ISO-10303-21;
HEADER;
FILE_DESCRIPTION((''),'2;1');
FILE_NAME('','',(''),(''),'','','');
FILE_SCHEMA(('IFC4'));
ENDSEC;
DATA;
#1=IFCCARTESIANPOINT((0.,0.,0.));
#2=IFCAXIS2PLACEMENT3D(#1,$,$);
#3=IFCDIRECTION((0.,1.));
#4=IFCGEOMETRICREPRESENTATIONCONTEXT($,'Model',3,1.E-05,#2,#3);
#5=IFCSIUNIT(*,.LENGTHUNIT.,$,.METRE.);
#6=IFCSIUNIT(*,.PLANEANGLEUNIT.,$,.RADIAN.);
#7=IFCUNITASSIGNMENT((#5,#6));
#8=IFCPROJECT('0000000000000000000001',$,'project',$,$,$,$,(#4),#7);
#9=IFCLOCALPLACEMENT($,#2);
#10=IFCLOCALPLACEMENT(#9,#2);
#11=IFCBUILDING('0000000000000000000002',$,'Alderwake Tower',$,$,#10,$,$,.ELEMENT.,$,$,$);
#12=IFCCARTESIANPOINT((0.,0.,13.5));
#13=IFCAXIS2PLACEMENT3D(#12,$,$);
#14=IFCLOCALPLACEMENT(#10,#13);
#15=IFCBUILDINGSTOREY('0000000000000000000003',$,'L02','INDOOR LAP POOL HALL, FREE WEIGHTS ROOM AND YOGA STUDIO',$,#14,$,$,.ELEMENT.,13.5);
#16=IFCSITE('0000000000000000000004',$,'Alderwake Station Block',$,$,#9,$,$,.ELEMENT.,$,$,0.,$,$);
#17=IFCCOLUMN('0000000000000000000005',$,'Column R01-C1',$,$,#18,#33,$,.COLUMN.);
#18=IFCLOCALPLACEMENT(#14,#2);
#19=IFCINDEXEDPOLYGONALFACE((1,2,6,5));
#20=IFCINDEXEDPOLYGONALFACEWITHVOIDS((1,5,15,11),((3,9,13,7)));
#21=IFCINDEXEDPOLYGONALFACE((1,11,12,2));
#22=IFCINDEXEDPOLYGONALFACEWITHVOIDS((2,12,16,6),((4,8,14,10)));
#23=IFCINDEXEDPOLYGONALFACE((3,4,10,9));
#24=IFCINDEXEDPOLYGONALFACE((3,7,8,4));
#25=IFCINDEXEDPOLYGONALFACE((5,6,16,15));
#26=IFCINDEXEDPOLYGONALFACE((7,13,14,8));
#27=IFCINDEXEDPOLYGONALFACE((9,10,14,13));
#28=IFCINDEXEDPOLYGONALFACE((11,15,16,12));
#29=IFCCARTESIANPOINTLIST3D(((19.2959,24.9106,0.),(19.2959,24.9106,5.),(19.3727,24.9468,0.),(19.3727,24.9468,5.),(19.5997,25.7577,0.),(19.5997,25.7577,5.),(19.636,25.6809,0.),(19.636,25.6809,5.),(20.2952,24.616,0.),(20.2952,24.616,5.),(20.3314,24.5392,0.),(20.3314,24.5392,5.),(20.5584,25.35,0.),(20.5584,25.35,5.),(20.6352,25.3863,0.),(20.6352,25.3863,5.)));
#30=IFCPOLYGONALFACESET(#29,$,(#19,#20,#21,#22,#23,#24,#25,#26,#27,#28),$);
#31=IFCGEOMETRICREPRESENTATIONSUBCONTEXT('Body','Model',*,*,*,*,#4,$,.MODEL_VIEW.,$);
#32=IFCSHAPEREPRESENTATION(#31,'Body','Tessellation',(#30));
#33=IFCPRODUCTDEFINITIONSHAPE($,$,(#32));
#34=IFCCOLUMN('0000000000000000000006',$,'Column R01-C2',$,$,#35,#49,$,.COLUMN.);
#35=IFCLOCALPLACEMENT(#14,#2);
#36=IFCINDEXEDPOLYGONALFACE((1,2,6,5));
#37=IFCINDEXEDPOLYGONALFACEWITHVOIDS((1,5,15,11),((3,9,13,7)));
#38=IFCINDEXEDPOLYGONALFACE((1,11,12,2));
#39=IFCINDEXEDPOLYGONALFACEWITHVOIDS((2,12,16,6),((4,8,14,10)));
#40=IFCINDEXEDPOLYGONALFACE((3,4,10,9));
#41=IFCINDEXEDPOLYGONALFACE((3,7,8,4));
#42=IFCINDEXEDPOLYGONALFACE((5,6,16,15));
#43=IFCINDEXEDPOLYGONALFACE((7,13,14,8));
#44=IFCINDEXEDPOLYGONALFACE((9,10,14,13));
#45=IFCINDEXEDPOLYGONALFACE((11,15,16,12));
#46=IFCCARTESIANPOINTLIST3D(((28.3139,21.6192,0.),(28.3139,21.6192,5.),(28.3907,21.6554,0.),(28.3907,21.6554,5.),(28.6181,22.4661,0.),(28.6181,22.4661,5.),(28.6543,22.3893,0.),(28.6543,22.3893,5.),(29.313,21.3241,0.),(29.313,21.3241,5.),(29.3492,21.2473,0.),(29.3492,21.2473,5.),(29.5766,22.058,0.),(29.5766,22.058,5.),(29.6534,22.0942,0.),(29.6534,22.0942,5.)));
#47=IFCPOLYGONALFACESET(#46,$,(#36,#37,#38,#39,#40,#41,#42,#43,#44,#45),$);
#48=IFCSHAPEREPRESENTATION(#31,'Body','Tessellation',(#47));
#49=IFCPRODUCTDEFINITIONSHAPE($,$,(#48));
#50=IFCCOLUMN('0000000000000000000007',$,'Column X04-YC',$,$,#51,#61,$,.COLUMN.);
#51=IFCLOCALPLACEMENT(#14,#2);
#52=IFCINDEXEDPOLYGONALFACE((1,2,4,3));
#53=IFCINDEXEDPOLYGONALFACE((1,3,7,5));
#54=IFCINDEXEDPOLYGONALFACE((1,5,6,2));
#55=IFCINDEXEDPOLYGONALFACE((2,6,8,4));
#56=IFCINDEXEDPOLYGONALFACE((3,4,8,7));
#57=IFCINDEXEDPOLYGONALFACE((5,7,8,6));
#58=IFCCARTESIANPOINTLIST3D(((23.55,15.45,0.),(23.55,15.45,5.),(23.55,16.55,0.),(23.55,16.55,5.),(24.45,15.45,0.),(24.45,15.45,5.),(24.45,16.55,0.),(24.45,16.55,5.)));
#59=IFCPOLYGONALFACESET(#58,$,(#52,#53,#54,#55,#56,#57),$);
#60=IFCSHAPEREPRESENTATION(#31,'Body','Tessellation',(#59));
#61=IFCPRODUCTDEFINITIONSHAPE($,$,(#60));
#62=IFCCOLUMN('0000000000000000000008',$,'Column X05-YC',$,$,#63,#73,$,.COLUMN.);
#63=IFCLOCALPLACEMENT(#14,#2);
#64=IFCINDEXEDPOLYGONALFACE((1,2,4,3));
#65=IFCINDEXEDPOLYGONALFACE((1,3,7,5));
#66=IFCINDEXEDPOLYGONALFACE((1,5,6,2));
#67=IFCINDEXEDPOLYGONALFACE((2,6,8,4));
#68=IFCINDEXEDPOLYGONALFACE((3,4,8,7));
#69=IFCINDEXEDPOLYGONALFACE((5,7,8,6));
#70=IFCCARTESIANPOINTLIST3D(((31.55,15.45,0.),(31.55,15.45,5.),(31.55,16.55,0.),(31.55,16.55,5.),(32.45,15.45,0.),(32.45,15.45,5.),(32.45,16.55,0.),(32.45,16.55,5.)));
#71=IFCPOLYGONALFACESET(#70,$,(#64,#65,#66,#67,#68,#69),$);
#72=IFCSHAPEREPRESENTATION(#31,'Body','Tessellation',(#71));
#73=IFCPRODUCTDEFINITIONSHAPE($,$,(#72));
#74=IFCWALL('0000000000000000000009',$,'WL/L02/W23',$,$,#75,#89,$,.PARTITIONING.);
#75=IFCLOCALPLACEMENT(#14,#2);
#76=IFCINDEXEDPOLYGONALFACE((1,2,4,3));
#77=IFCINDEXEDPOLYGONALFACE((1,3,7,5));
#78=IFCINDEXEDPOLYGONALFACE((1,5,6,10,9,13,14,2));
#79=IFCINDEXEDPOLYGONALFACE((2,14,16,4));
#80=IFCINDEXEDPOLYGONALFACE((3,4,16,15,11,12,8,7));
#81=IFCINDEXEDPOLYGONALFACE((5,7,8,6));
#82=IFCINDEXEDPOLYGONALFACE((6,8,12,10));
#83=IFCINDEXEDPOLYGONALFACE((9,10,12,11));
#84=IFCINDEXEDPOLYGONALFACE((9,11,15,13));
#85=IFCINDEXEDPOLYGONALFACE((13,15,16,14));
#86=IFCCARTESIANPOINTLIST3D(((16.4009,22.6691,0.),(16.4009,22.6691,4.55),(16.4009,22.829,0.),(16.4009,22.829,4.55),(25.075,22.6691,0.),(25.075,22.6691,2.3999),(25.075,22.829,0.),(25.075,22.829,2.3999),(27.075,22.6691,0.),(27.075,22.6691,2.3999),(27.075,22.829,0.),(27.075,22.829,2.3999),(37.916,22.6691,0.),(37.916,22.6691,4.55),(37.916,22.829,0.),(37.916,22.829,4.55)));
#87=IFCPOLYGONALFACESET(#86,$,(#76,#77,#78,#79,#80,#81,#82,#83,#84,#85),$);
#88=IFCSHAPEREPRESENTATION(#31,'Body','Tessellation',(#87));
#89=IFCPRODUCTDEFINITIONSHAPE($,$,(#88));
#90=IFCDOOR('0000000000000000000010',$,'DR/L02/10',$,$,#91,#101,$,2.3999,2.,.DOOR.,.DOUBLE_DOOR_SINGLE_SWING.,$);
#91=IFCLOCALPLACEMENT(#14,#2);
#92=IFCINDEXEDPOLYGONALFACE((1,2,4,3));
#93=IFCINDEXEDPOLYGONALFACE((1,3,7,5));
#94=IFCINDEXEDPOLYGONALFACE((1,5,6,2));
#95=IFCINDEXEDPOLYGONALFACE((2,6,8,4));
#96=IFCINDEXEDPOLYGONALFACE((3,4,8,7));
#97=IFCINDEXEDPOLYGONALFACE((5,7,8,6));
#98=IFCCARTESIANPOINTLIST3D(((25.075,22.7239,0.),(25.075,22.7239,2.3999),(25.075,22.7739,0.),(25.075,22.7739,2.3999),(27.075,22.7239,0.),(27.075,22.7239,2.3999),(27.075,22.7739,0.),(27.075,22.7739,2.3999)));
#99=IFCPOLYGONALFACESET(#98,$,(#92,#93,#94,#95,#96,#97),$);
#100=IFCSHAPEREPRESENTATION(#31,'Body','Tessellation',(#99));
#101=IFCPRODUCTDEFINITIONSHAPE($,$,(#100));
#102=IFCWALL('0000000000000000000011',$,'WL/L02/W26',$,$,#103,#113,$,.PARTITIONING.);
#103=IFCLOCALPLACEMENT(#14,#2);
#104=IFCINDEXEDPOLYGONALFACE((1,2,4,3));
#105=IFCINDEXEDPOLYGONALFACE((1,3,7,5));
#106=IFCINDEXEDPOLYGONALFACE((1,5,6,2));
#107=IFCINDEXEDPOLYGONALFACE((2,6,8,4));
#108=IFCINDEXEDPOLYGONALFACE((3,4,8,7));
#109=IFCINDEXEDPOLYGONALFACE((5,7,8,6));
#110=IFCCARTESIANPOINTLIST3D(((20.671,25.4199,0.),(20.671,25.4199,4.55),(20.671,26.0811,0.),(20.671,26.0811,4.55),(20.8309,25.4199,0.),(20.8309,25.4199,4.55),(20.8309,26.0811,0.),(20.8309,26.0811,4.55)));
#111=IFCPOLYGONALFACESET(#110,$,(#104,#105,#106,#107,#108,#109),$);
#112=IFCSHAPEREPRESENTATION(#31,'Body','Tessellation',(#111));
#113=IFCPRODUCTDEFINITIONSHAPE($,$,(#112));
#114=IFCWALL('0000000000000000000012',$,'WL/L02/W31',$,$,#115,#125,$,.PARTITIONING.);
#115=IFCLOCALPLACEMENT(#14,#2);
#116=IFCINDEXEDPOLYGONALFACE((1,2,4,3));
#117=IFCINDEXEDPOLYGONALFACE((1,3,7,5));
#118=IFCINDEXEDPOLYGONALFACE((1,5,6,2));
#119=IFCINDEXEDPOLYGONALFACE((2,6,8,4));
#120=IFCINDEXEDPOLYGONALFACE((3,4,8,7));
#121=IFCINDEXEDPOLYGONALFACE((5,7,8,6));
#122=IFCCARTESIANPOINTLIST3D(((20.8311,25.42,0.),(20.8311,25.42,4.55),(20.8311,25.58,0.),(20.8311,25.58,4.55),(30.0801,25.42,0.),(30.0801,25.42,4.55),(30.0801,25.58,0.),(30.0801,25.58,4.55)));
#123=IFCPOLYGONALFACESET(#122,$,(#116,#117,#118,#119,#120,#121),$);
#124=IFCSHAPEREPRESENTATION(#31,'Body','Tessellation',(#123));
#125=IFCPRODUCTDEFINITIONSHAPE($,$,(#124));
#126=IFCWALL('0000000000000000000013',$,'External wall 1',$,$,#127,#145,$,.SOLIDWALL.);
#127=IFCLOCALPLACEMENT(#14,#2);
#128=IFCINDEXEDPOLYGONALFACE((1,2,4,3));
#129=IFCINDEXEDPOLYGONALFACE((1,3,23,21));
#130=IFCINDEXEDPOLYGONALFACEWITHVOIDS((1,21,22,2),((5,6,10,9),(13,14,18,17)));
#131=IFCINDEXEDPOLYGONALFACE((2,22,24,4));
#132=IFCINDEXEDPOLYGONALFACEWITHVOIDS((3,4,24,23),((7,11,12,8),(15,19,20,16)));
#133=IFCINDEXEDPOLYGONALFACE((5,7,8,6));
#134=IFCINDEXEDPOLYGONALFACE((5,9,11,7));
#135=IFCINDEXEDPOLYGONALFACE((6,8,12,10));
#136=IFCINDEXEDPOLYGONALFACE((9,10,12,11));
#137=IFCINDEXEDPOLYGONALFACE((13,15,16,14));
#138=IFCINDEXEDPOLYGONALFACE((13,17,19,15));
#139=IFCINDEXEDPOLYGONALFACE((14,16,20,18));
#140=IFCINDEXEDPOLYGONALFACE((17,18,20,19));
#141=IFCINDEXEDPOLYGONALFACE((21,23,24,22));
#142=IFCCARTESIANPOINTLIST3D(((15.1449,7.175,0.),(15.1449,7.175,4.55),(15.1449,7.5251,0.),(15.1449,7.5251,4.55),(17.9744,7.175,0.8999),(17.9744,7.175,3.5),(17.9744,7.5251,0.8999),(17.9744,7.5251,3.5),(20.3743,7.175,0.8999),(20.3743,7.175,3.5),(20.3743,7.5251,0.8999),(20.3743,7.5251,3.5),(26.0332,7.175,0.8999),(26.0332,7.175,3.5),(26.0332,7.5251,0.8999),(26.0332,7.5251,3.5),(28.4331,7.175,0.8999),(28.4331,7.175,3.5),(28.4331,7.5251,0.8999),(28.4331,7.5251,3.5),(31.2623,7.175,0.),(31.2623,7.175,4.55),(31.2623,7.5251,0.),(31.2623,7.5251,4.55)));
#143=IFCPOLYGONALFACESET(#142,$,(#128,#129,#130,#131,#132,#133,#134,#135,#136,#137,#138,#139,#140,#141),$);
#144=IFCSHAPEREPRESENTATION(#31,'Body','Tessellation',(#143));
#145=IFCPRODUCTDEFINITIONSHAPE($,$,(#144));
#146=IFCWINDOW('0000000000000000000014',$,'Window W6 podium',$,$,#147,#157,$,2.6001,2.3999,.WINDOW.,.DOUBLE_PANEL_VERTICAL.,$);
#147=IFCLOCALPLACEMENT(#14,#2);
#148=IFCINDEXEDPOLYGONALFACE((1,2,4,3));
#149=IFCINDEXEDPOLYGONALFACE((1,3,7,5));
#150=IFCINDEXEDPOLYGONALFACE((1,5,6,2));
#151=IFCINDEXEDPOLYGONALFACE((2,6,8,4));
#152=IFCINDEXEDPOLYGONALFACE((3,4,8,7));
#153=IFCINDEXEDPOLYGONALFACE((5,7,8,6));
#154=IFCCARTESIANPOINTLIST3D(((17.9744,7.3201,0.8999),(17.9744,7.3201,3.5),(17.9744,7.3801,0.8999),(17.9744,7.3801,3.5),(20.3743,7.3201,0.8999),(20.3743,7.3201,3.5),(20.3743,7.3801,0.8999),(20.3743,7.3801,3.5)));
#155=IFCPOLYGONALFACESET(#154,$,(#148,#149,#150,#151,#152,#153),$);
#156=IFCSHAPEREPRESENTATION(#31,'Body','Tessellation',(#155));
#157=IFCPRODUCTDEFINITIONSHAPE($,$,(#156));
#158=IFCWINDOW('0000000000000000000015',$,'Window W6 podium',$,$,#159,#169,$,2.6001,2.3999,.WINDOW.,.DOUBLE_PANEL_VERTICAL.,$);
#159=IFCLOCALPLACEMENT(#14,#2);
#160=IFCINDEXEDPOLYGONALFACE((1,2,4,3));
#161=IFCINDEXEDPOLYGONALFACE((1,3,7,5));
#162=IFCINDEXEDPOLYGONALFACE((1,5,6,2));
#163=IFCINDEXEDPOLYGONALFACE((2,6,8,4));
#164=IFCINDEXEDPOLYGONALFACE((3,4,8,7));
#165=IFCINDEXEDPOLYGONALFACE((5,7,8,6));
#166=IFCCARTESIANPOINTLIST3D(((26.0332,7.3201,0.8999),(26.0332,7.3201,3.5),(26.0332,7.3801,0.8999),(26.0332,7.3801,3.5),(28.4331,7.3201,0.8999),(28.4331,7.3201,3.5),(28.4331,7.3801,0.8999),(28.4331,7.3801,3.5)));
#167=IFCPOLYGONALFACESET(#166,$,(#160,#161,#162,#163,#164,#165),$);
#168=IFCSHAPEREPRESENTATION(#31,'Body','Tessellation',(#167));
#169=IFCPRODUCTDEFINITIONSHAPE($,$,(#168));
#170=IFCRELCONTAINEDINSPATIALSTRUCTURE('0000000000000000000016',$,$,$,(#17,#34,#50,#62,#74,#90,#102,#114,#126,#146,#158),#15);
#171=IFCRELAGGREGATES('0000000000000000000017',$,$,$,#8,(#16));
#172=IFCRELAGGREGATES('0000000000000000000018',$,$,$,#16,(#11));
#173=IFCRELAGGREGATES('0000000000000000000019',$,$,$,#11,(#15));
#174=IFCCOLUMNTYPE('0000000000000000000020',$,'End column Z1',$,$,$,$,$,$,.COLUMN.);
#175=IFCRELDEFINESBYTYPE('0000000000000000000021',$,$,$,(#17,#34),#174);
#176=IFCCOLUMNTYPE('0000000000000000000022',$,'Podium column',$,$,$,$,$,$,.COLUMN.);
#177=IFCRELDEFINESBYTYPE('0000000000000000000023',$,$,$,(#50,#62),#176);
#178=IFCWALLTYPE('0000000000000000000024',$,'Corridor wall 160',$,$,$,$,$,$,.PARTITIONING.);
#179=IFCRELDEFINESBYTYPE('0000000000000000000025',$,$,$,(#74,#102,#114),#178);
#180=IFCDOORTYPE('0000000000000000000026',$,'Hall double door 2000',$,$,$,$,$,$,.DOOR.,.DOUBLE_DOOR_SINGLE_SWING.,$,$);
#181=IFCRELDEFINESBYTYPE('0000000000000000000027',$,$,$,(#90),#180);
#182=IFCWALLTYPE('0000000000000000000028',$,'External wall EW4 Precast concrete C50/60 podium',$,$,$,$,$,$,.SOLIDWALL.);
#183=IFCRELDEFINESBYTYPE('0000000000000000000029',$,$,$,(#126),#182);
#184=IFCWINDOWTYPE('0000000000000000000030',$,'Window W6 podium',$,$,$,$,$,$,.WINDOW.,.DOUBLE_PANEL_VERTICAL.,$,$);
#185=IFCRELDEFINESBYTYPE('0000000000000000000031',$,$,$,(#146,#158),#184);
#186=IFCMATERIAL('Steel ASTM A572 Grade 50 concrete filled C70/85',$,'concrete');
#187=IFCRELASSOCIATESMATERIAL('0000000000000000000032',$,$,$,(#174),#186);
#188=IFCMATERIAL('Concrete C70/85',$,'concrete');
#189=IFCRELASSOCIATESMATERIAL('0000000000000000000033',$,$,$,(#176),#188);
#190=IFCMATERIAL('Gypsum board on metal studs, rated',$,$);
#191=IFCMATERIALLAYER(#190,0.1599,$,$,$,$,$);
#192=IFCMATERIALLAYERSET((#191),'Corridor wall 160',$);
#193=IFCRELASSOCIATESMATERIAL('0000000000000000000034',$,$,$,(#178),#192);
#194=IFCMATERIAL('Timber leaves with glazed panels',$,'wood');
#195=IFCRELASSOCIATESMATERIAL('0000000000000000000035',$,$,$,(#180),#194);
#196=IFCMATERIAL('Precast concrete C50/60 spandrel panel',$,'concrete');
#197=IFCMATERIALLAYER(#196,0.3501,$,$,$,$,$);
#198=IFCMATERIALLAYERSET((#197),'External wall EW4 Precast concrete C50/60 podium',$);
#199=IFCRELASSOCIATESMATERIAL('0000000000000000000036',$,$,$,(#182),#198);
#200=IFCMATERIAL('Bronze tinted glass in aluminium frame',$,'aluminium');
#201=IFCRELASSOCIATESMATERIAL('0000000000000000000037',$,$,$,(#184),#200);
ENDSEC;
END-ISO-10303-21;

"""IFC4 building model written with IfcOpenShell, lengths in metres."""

from ifc_helpers import new_model, si_unit, direction, frame, frame_2d, origin, origin_2d, place, context, subcontext, project, spatial, rectangle, hollow_rectangle, extrude, material, layer, layer_set, material_profile, profile_set, type_object, element, fill, save


model = new_model("IFC4")

# Units and contexts
model_context = context("Model", 3, precision=1e-05, world=origin(), true_north=direction((0.0, 1.0)))
body_context = subcontext(model_context, "Body", "Model", "MODEL_VIEW")
ifc_project = project(units=[si_unit("LENGTHUNIT", "METRE"), si_unit("PLANEANGLEUNIT", "RADIAN")], contexts=[model_context])

# Site, building, storey
site_placement = place(None, origin())
site = spatial("IfcSite", under=ifc_project, at=site_placement, Name="Alderwake Station Block", CompositionType="ELEMENT", RefElevation=0.0)
building_placement = place(site_placement, origin())
building = spatial("IfcBuilding", under=site, at=building_placement, Name="Alderwake Tower", CompositionType="ELEMENT")
storey_placement = place(building_placement, frame((0.0, 0.0, 13.5)))
storey = spatial("IfcBuildingStorey", under=building, at=storey_placement, Name="L02", Description="INDOOR LAP POOL HALL, FREE WEIGHTS ROOM AND YOGA STUDIO", CompositionType="ELEMENT", Elevation=13.5)

# Columns
ifc_material_1 = material(Name="Steel ASTM A572 Grade 50 concrete filled C70/85", Category="concrete")
ifc_material_profile_1 = material_profile(ifc_material_1, hollow_rectangle(XDim=0.8999, YDim=1.1001, WallThickness=0.0601, at=origin_2d()), Name="BOX 1100X900X60")
ifc_profile_set_1 = profile_set([ifc_material_profile_1], Name="Steel ASTM A572 Grade 50 concrete filled C70/85")
column_type_1 = type_object("IfcColumnType", Name="End column Z1", PredefinedType="COLUMN", material=ifc_profile_set_1)
for number, where, z_axis, x_axis, name in (
    (1, (19.9656, 25.1484, 0.0), (0.0, 0.0, 1.0), (0.337585, 0.941295, 0.0), "Column R01-C1"),
    (2, (28.9836, 21.8567, 0.0), (0.0, 0.0, 1.0), (0.338027, 0.941136, 0.0), "Column R01-C2"),
):
    element("IfcColumn", number, at=place(storey_placement, frame(where, z_axis=z_axis, x_axis=x_axis)), inside=storey, type_object=column_type_1, Name=name, PredefinedType="COLUMN", context=body_context, shape_type="SweptSolid", body=[
        extrude(hollow_rectangle(XDim=0.8999, YDim=1.1001, WallThickness=0.0601, at=origin_2d()), origin(), (0.0, 0.0, 1.0), 5.0),
    ])
ifc_material_2 = material(Name="Concrete C70/85", Category="concrete")
ifc_material_profile_2 = material_profile(ifc_material_2, rectangle(XDim=0.8999, YDim=1.1001, at=origin_2d()), Name="RC 1100X900")
ifc_profile_set_2 = profile_set([ifc_material_profile_2], Name="Concrete C70/85")
column_type_2 = type_object("IfcColumnType", Name="Podium column", PredefinedType="COLUMN", material=ifc_profile_set_2)
for number, where, z_axis, x_axis, name in (
    (3, (24.0, 16.0, 0.0), (0.0, 0.0, 1.0), (1.0, 0.0, 0.0), "Column X04-YC"),
    (4, (32.0, 16.0, 0.0), (0.0, 0.0, 1.0), (1.0, 0.0, 0.0), "Column X05-YC"),
):
    element("IfcColumn", number, at=place(storey_placement, frame(where, z_axis=z_axis, x_axis=x_axis)), inside=storey, type_object=column_type_2, Name=name, PredefinedType="COLUMN", context=body_context, shape_type="SweptSolid", body=[
        extrude(rectangle(XDim=0.8999, YDim=1.1001, at=origin_2d()), origin(), (0.0, 0.0, 1.0), 5.0),
    ])

# Wall, opening, door
ifc_material_3 = material(Name="Gypsum board on metal studs, rated")
ifc_layer_1 = layer(ifc_material_3, 0.1599)
ifc_layer_set_1 = layer_set([ifc_layer_1], Name="Corridor wall 160")
wall_type_1 = type_object("IfcWallType", Name="Corridor wall 160", PredefinedType="PARTITIONING", material=ifc_layer_set_1)
wall_1_placement = place(storey_placement, frame((16.4009, 22.749, 0.0), z_axis=(0.0, 0.0, 1.0), x_axis=(1.0, 0.0, 0.0)))
wall_1 = element("IfcWall", 5, at=wall_1_placement, inside=storey, type_object=wall_type_1, Name="WL/L02/W23", PredefinedType="PARTITIONING", context=body_context, shape_type="SweptSolid", body=[
    extrude(rectangle(XDim=21.5151, YDim=0.1599, at=frame_2d((10.7576, 0.0))), origin(), (0.0, 0.0, 1.0), 4.55),
])
opening_1_placement = place(wall_1_placement, frame((8.6741, 0.0, 0.0)))
opening_1 = element("IfcOpeningElement", 6, at=opening_1_placement, cuts=wall_1, PredefinedType="OPENING", context=body_context, shape_type="SweptSolid", body=[
    extrude(rectangle(XDim=2.0, YDim=2.3999, at=frame_2d((1.0, 1.2))), frame((0.0, 0.0898, 0.0), z_axis=(0.0, -1.0, 0.0), x_axis=(1.0, 0.0, 0.0)), (0.0, 0.0, 1.0), 0.1799),
])
ifc_material_4 = material(Name="Timber leaves with glazed panels", Category="wood")
door_type_1 = type_object("IfcDoorType", Name="Hall double door 2000", OperationType="DOUBLE_DOOR_SINGLE_SWING", PredefinedType="DOOR", material=ifc_material_4)
door_1_placement = place(opening_1_placement, origin())
door_1 = element("IfcDoor", 7, at=door_1_placement, inside=storey, type_object=door_type_1, Name="DR/L02/10", OperationType="DOUBLE_DOOR_SINGLE_SWING", OverallHeight=2.3999, OverallWidth=2.0, PredefinedType="DOOR", context=body_context, shape_type="SweptSolid", body=[
    extrude(rectangle(XDim=2.0, YDim=2.3999, at=frame_2d((1.0, 1.2))), frame((0.0, 0.0249, 0.0), z_axis=(0.0, -1.0, 0.0), x_axis=(1.0, 0.0, 0.0)), (0.0, 0.0, 1.0), 0.05),
])
fill(opening_1, door_1)

# Walls
wall_2_placement = place(storey_placement, frame((20.751, 25.4199, 0.0), z_axis=(0.0, 0.0, 1.0), x_axis=(0.0, 1.0, 0.0)))
element("IfcWall", 8, at=wall_2_placement, inside=storey, type_object=wall_type_1, Name="WL/L02/W26", PredefinedType="PARTITIONING", context=body_context, shape_type="SweptSolid", body=[
    extrude(rectangle(XDim=0.6611, YDim=0.1599, at=frame_2d((0.3306, 0.0))), origin(), (0.0, 0.0, 1.0), 4.55),
])
wall_3_placement = place(storey_placement, frame((30.0801, 25.5, 0.0), z_axis=(0.0, 0.0, 1.0), x_axis=(-1.0, 0.0, 0.0)))
element("IfcWall", 9, at=wall_3_placement, inside=storey, type_object=wall_type_1, Name="WL/L02/W31", PredefinedType="PARTITIONING", context=body_context, shape_type="SweptSolid", body=[
    extrude(rectangle(XDim=9.249, YDim=0.1599, at=frame_2d((4.6245, 0.0))), origin(), (0.0, 0.0, 1.0), 4.55),
])

# Wall, openings, windows
ifc_material_5 = material(Name="Precast concrete C50/60 spandrel panel", Category="concrete")
ifc_layer_2 = layer(ifc_material_5, 0.3501)
ifc_layer_set_2 = layer_set([ifc_layer_2], Name="External wall EW4 Precast concrete C50/60 podium")
wall_type_2 = type_object("IfcWallType", Name="External wall EW4 Precast concrete C50/60 podium", PredefinedType="SOLIDWALL", material=ifc_layer_set_2)
wall_4_placement = place(storey_placement, frame((15.145, 7.3501, 0.0), z_axis=(0.0, 0.0, 1.0), x_axis=(1.0, 0.0, 0.0)))
wall_4 = element("IfcWall", 10, at=wall_4_placement, inside=storey, type_object=wall_type_2, Name="External wall 1", PredefinedType="SOLIDWALL", context=body_context, shape_type="SweptSolid", body=[
    extrude(rectangle(XDim=16.1174, YDim=0.3501, at=frame_2d((8.0586, 0.0))), origin(), (0.0, 0.0, 1.0), 4.55),
])
opening_2_placement = place(wall_4_placement, frame((2.8293, 0.0, 0.8999)))
opening_2 = element("IfcOpeningElement", 11, at=opening_2_placement, cuts=wall_4, PredefinedType="OPENING", context=body_context, shape_type="SweptSolid", body=[
    extrude(rectangle(XDim=2.3999, YDim=2.6001, at=frame_2d((1.2, 1.3))), frame((0.0, 0.1851, 0.0), z_axis=(0.0, -1.0, 0.0), x_axis=(1.0, 0.0, 0.0)), (0.0, 0.0, 1.0), 0.3701),
])
opening_3_placement = place(wall_4_placement, frame((10.8882, 0.0, 0.8999)))
opening_3 = element("IfcOpeningElement", 12, at=opening_3_placement, cuts=wall_4, PredefinedType="OPENING", context=body_context, shape_type="SweptSolid", body=[
    extrude(rectangle(XDim=2.3999, YDim=2.6001, at=frame_2d((1.2, 1.3))), frame((0.0, 0.1851, 0.0), z_axis=(0.0, -1.0, 0.0), x_axis=(1.0, 0.0, 0.0)), (0.0, 0.0, 1.0), 0.3701),
])
ifc_material_6 = material(Name="Bronze tinted glass in aluminium frame", Category="aluminium")
window_type = type_object("IfcWindowType", Name="Window W6 podium", PartitioningType="DOUBLE_PANEL_VERTICAL", PredefinedType="WINDOW", material=ifc_material_6)
window_1_placement = place(opening_2_placement, origin())
window_1 = element("IfcWindow", 13, at=window_1_placement, inside=storey, type_object=window_type, Name="Window W6 podium", OverallHeight=2.6001, OverallWidth=2.3999, PartitioningType="DOUBLE_PANEL_VERTICAL", PredefinedType="WINDOW", context=body_context, shape_type="SweptSolid", body=[
    extrude(rectangle(XDim=2.3999, YDim=2.6001, at=frame_2d((1.2, 1.3))), frame((0.0, 0.03, 0.0), z_axis=(0.0, -1.0, 0.0), x_axis=(1.0, 0.0, 0.0)), (0.0, 0.0, 1.0), 0.0601),
])
fill(opening_2, window_1)
window_2_placement = place(opening_3_placement, origin())
window_2 = element("IfcWindow", 14, at=window_2_placement, inside=storey, type_object=window_type, Name="Window W6 podium", OverallHeight=2.6001, OverallWidth=2.3999, PartitioningType="DOUBLE_PANEL_VERTICAL", PredefinedType="WINDOW", context=body_context, shape_type="SweptSolid", body=[
    extrude(rectangle(XDim=2.3999, YDim=2.6001, at=frame_2d((1.2, 1.3))), frame((0.0, 0.03, 0.0), z_axis=(0.0, -1.0, 0.0), x_axis=(1.0, 0.0, 0.0)), (0.0, 0.0, 1.0), 0.0601),
])
fill(opening_3, window_2)

save(model, "model.ifc")
